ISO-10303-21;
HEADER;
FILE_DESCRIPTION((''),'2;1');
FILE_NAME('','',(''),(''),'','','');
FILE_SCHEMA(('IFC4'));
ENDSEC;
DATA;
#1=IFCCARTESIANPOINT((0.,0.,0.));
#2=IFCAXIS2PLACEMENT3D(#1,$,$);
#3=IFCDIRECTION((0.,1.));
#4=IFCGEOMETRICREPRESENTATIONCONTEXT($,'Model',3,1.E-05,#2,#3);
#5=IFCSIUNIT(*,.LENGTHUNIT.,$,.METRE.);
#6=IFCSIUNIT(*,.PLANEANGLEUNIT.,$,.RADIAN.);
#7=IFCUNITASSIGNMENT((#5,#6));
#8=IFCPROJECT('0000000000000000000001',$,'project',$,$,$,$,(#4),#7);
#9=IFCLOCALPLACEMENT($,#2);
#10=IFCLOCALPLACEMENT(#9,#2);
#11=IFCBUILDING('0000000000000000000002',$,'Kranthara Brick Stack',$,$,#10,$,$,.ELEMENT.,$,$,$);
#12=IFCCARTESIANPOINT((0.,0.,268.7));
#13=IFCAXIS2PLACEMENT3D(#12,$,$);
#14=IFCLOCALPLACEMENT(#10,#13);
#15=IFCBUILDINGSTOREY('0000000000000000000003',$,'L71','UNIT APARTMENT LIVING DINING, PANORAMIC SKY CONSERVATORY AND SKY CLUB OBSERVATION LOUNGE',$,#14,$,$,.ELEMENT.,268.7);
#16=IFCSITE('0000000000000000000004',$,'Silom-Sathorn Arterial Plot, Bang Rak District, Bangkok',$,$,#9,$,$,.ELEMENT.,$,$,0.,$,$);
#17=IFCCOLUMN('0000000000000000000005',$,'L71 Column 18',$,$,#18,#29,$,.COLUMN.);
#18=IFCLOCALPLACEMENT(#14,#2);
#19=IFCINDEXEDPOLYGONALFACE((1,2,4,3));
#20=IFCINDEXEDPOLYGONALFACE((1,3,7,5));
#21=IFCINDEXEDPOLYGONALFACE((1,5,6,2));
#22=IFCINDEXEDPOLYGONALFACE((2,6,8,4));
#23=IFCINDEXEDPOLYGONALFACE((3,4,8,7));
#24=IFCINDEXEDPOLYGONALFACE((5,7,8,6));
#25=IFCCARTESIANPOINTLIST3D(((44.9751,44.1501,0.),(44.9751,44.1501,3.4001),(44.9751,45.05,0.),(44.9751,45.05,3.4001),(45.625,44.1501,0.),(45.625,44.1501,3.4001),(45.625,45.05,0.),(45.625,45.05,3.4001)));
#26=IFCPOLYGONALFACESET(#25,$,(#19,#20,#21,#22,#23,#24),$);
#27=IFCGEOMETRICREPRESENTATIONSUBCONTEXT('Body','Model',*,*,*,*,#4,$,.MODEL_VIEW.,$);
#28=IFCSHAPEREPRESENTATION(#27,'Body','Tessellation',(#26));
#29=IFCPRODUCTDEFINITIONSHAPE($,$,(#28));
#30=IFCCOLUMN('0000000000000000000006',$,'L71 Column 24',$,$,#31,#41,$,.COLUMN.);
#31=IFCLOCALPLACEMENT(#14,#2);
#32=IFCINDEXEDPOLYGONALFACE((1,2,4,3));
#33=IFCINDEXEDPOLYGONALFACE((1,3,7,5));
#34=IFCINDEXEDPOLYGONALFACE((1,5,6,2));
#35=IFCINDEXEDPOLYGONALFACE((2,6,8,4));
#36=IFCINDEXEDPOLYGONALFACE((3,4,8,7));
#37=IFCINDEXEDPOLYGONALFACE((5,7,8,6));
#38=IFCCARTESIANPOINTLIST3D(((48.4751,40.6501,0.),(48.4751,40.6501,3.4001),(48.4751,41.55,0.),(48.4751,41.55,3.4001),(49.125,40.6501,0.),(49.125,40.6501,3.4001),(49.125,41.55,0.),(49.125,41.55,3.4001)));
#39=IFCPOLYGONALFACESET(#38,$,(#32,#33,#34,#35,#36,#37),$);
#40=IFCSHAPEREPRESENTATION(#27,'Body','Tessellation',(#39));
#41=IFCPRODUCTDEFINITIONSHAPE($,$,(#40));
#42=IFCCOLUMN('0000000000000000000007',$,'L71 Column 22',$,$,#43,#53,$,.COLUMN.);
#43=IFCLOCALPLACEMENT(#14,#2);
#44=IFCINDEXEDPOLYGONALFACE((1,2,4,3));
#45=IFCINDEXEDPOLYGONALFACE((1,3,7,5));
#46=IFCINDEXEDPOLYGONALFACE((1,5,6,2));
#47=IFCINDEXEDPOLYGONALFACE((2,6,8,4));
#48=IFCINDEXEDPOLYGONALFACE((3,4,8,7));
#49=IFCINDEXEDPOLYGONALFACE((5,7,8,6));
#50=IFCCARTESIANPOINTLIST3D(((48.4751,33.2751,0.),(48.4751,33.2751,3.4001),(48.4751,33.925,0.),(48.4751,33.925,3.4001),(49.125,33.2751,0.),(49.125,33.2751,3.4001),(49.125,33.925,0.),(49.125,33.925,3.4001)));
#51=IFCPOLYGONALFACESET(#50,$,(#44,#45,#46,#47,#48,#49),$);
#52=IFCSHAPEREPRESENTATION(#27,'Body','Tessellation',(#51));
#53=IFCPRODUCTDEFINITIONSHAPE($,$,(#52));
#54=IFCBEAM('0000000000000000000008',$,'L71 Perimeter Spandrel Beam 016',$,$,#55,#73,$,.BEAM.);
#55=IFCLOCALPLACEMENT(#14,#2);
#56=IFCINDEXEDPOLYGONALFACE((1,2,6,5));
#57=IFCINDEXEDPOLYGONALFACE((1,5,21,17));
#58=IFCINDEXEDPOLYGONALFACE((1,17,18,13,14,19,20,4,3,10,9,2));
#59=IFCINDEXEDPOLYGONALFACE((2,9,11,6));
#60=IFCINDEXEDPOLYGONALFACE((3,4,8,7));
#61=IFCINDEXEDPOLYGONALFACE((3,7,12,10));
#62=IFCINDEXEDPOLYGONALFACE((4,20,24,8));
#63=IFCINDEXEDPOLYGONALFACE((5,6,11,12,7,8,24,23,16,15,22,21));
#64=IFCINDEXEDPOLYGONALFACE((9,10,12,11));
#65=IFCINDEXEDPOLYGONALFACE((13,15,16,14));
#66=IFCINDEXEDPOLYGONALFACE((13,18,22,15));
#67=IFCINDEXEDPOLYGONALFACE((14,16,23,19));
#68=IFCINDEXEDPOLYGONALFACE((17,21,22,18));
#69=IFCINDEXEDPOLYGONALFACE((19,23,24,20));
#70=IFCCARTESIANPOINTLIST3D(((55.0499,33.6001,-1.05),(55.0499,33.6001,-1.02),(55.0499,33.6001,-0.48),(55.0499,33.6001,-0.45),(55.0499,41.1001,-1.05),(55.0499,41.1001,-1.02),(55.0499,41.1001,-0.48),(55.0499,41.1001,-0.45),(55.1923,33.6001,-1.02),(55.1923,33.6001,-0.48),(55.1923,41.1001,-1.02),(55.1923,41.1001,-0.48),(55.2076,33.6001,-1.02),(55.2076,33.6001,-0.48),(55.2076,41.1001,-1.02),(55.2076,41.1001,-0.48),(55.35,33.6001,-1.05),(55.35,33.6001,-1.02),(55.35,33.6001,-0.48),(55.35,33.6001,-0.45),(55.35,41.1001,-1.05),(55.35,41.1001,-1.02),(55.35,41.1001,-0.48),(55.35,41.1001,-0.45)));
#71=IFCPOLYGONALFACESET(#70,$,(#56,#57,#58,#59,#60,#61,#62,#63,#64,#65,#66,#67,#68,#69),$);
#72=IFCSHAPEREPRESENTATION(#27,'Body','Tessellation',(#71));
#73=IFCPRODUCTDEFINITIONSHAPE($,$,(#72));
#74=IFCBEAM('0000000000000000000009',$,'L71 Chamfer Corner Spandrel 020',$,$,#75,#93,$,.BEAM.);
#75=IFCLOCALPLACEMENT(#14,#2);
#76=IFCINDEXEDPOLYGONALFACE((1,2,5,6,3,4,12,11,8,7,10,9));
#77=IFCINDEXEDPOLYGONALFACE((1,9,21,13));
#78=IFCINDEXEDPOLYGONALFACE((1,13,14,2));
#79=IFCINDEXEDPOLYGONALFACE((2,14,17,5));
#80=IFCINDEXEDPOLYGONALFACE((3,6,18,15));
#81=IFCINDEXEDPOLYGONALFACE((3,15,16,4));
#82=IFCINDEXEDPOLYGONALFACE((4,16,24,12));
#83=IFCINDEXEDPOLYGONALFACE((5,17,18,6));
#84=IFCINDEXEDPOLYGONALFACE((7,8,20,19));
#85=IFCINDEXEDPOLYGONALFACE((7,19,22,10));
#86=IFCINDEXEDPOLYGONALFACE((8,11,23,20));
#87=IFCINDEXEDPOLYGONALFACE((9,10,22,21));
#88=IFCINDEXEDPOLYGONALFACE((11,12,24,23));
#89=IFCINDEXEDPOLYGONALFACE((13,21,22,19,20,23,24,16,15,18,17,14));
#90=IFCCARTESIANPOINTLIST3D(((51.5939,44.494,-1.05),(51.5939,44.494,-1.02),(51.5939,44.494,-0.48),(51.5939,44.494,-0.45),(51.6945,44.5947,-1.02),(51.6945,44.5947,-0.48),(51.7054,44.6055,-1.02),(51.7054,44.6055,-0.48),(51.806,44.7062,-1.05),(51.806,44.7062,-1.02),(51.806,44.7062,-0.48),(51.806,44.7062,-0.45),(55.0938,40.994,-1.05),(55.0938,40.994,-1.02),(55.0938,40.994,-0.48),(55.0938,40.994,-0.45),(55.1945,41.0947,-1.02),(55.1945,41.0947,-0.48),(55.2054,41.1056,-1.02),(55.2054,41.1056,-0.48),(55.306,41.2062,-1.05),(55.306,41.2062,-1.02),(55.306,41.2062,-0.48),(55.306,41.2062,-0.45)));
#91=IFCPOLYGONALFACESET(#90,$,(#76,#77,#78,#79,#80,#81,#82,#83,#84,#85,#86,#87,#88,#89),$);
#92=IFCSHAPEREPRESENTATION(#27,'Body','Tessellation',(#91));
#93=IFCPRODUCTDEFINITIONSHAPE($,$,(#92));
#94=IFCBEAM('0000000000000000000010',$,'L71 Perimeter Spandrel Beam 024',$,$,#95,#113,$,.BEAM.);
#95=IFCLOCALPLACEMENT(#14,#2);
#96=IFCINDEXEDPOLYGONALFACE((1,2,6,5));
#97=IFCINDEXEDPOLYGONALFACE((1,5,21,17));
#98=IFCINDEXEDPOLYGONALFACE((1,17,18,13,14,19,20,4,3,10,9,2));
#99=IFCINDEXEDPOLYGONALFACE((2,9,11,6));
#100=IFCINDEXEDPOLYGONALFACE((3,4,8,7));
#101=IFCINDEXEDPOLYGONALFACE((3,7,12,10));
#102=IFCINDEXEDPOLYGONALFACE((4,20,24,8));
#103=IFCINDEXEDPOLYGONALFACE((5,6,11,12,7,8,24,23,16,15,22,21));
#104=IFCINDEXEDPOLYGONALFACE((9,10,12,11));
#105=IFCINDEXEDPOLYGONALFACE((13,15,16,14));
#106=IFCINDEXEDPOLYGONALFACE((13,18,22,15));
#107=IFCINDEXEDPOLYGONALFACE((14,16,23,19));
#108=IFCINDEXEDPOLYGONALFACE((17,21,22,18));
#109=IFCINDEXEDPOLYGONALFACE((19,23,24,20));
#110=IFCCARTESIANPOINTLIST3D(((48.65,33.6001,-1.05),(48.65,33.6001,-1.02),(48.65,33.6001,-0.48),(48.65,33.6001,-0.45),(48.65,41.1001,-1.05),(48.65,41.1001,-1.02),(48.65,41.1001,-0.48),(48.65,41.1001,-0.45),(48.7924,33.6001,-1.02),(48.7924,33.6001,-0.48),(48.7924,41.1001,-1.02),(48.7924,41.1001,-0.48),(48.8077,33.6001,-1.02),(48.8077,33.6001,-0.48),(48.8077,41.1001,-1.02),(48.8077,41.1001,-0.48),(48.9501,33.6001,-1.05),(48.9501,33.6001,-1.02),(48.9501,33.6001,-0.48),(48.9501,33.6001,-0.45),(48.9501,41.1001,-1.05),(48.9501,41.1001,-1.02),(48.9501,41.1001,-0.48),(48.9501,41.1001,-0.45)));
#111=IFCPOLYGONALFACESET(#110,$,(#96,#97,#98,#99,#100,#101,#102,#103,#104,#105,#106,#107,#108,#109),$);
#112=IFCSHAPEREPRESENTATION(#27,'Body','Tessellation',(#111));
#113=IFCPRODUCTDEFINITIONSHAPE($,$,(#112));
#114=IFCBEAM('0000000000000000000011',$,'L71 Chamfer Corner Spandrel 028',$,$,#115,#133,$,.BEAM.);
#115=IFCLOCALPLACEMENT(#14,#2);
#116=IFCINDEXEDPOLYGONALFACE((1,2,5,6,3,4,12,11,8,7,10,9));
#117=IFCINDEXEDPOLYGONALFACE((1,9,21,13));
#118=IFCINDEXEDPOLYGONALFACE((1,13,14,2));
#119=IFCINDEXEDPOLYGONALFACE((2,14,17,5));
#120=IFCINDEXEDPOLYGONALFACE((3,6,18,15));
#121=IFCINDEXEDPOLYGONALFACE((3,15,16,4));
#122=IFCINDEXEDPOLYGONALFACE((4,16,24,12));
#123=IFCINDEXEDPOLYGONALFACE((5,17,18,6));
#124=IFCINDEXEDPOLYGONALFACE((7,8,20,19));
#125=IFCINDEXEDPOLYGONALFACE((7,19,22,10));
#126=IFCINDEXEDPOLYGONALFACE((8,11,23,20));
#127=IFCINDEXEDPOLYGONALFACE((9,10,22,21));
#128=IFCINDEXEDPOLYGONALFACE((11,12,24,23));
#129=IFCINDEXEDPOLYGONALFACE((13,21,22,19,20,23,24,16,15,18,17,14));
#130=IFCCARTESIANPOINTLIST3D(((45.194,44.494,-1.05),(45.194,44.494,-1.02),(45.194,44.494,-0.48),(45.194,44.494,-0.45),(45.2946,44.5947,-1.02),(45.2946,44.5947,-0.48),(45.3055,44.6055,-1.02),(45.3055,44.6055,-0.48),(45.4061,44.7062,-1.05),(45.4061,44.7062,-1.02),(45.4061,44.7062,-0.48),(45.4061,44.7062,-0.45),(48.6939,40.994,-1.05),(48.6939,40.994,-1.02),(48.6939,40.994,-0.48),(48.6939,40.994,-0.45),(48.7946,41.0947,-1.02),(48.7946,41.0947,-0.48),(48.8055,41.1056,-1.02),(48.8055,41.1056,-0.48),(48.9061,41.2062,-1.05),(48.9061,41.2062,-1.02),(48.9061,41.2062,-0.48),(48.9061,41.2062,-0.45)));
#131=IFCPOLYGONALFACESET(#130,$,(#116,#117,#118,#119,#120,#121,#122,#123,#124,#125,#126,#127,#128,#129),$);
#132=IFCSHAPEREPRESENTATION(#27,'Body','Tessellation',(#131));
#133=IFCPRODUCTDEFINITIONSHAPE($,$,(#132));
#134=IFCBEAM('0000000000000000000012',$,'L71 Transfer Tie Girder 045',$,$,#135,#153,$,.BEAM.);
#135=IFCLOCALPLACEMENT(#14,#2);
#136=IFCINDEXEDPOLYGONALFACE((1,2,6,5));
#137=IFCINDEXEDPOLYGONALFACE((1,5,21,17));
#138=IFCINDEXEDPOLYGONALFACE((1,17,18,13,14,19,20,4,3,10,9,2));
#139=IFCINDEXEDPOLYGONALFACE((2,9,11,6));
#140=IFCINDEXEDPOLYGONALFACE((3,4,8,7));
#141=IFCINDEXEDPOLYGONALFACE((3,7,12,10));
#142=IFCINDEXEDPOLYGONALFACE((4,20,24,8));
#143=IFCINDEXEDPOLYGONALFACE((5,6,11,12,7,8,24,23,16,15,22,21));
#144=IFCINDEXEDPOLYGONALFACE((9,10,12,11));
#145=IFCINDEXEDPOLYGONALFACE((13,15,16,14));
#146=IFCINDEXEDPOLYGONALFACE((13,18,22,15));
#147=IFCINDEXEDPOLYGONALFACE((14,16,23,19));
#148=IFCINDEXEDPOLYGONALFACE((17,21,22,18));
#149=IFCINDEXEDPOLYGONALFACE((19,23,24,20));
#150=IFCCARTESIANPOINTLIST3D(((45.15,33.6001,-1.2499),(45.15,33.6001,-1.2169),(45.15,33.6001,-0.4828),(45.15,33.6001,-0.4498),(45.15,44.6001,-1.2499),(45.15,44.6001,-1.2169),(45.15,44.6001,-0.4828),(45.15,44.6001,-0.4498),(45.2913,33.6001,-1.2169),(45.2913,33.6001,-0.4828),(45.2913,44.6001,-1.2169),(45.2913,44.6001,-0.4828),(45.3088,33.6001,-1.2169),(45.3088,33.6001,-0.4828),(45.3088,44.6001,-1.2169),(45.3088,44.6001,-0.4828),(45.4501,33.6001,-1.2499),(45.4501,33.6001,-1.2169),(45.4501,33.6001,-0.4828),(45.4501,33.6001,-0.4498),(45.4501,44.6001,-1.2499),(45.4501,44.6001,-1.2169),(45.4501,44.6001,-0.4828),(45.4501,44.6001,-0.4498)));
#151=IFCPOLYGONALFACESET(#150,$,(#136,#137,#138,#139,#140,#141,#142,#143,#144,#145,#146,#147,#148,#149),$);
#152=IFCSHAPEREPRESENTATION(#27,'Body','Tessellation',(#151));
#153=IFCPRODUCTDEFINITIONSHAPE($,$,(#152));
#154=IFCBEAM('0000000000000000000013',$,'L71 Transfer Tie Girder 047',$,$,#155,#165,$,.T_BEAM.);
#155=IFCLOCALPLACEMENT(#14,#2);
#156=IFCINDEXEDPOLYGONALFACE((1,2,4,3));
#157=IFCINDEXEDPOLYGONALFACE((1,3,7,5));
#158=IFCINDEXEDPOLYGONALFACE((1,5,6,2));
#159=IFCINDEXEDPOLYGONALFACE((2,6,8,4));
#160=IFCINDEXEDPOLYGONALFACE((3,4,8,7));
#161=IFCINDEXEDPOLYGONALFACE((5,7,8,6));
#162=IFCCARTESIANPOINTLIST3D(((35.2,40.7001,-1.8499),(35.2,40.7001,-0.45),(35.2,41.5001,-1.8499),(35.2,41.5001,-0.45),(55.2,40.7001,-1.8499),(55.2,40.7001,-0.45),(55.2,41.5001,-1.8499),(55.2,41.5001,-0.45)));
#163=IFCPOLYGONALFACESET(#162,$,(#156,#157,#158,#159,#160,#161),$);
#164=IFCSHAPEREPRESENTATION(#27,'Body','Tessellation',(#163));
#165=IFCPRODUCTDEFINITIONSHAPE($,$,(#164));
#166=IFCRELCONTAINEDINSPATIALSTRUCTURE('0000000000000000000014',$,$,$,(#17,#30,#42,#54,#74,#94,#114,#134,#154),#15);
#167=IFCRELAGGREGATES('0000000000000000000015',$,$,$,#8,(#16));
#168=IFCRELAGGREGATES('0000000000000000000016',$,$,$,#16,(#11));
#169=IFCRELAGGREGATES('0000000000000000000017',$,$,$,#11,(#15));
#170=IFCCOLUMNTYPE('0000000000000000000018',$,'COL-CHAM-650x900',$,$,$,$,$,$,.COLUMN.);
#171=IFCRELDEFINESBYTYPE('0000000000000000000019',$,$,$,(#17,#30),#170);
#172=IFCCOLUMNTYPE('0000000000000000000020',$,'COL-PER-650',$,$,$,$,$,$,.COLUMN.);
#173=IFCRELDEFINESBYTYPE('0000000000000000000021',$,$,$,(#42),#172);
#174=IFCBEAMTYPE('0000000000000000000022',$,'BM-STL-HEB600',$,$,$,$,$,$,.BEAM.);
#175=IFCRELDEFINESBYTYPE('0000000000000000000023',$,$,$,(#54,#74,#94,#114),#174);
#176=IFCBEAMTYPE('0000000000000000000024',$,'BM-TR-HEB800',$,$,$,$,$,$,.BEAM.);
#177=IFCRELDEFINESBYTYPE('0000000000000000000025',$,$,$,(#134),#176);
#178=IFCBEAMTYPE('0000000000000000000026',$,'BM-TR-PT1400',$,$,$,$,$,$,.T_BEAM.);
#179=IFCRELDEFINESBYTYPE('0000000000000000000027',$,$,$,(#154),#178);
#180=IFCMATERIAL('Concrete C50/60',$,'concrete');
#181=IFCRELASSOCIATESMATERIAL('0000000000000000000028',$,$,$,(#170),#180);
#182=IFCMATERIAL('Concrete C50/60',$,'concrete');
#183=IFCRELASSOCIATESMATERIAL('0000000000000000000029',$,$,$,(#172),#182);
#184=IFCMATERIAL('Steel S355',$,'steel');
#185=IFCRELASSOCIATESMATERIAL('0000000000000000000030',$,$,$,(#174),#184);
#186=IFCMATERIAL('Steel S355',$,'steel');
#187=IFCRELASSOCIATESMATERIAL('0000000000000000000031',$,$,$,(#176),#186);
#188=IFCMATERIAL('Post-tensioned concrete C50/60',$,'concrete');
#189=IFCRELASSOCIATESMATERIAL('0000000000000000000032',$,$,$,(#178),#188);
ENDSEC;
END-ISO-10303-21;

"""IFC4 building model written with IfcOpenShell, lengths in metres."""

from ifc_helpers import new_model, si_unit, direction, frame, origin, origin_2d, place, context, subcontext, project, spatial, rectangle, i_section, extrude, material, material_profile, profile_set, type_object, element, save


model = new_model("IFC4")

# Units and contexts
model_context = context("Model", 3, precision=1e-05, world=origin(), true_north=direction((0.0, 1.0)))
body_context = subcontext(model_context, "Body", "Model", "MODEL_VIEW")
ifc_project = project(units=[si_unit("LENGTHUNIT", "METRE"), si_unit("PLANEANGLEUNIT", "RADIAN")], contexts=[model_context])

# Site, building, storey
site_placement = place(None, origin())
site = spatial("IfcSite", under=ifc_project, at=site_placement, Name="Silom-Sathorn Arterial Plot, Bang Rak District, Bangkok", CompositionType="ELEMENT", RefElevation=0.0)
building_placement = place(site_placement, origin())
building = spatial("IfcBuilding", under=site, at=building_placement, Name="Kranthara Brick Stack", CompositionType="ELEMENT")
storey_placement = place(building_placement, frame((0.0, 0.0, 268.7)))
storey = spatial("IfcBuildingStorey", under=building, at=storey_placement, Name="L71", Description="UNIT APARTMENT LIVING DINING, PANORAMIC SKY CONSERVATORY AND SKY CLUB OBSERVATION LOUNGE", CompositionType="ELEMENT", Elevation=268.7)

# Columns
ifc_material_1 = material(Name="Concrete C50/60", Category="concrete")
ifc_material_profile_1 = material_profile(ifc_material_1, rectangle(XDim=0.6499, YDim=0.8999, at=origin_2d()), Name="RC 650x900")
ifc_profile_set_1 = profile_set([ifc_material_profile_1], Name="Concrete C50/60")
column_type_1 = type_object("IfcColumnType", Name="COL-CHAM-650x900", PredefinedType="COLUMN", material=ifc_profile_set_1)
for number, where, z_axis, x_axis, name in (
    (1, (45.3, 44.6001, 0.0), (0.0, 0.0, 1.0), (1.0, 0.0, 0.0), "L71 Column 18"),
    (2, (48.8, 41.1001, 0.0), (0.0, 0.0, 1.0), (1.0, 0.0, 0.0), "L71 Column 24"),
):
    element("IfcColumn", number, at=place(storey_placement, frame(where, z_axis=z_axis, x_axis=x_axis)), inside=storey, type_object=column_type_1, Name=name, PredefinedType="COLUMN", context=body_context, shape_type="SweptSolid", body=[
        extrude(rectangle(XDim=0.6499, YDim=0.8999, at=origin_2d()), origin(), (0.0, 0.0, 1.0), 3.4001),
    ])
ifc_material_2 = material(Name="Concrete C50/60", Category="concrete")
ifc_material_profile_2 = material_profile(ifc_material_2, rectangle(XDim=0.6499, YDim=0.6499, at=origin_2d()), Name="RC 650x650")
ifc_profile_set_2 = profile_set([ifc_material_profile_2], Name="Concrete C50/60")
column_type_2 = type_object("IfcColumnType", Name="COL-PER-650", PredefinedType="COLUMN", material=ifc_profile_set_2)
column_placement = place(storey_placement, frame((48.8, 33.6001, 0.0), z_axis=(0.0, 0.0, 1.0), x_axis=(1.0, 0.0, 0.0)))
element("IfcColumn", 3, at=column_placement, inside=storey, type_object=column_type_2, Name="L71 Column 22", PredefinedType="COLUMN", context=body_context, shape_type="SweptSolid", body=[
    extrude(rectangle(XDim=0.6499, YDim=0.6499, at=origin_2d()), origin(), (0.0, 0.0, 1.0), 3.4001),
])

# Beams
ifc_material_3 = material(Name="Steel S355", Category="steel")
ifc_material_profile_3 = material_profile(ifc_material_3, i_section(OverallWidth=0.3, OverallDepth=0.6001, WebThickness=0.0154, FlangeThickness=0.03, at=origin_2d()), Name="HEB 600")
ifc_profile_set_3 = profile_set([ifc_material_profile_3], Name="Steel S355")
beam_type_1 = type_object("IfcBeamType", Name="BM-STL-HEB600", PredefinedType="BEAM", material=ifc_profile_set_3)
beam_1_placement = place(storey_placement, frame((55.2, 33.6001, -0.75), z_axis=(0.0, 1.0, 0.0), x_axis=(-1.0, 0.0, 0.0)))
element("IfcBeam", 4, at=beam_1_placement, inside=storey, type_object=beam_type_1, Name="L71 Perimeter Spandrel Beam 016", PredefinedType="BEAM", context=body_context, shape_type="SweptSolid", body=[
    extrude(i_section(OverallWidth=0.3, OverallDepth=0.6001, WebThickness=0.0154, FlangeThickness=0.03, at=origin_2d()), origin(), (0.0, 0.0, 1.0), 7.5),
])
beam_2_placement = place(storey_placement, frame((51.7, 44.6001, -0.75), z_axis=(0.707107, -0.707107, 0.0), x_axis=(0.707107, 0.707107, 0.0)))
element("IfcBeam", 5, at=beam_2_placement, inside=storey, type_object=beam_type_1, Name="L71 Chamfer Corner Spandrel 020", PredefinedType="BEAM", context=body_context, shape_type="SweptSolid", body=[
    extrude(i_section(OverallWidth=0.3, OverallDepth=0.6001, WebThickness=0.0154, FlangeThickness=0.03, at=origin_2d()), origin(), (0.0, 0.0, 1.0), 4.9497),
])
beam_3_placement = place(storey_placement, frame((48.8, 33.6001, -0.75), z_axis=(0.0, 1.0, 0.0), x_axis=(-1.0, 0.0, 0.0)))
element("IfcBeam", 6, at=beam_3_placement, inside=storey, type_object=beam_type_1, Name="L71 Perimeter Spandrel Beam 024", PredefinedType="BEAM", context=body_context, shape_type="SweptSolid", body=[
    extrude(i_section(OverallWidth=0.3, OverallDepth=0.6001, WebThickness=0.0154, FlangeThickness=0.03, at=origin_2d()), origin(), (0.0, 0.0, 1.0), 7.5),
])
beam_4_placement = place(storey_placement, frame((45.3, 44.6001, -0.75), z_axis=(0.707107, -0.707107, 0.0), x_axis=(0.707107, 0.707107, 0.0)))
element("IfcBeam", 7, at=beam_4_placement, inside=storey, type_object=beam_type_1, Name="L71 Chamfer Corner Spandrel 028", PredefinedType="BEAM", context=body_context, shape_type="SweptSolid", body=[
    extrude(i_section(OverallWidth=0.3, OverallDepth=0.6001, WebThickness=0.0154, FlangeThickness=0.03, at=origin_2d()), origin(), (0.0, 0.0, 1.0), 4.9497),
])
ifc_material_4 = material(Name="Steel S355", Category="steel")
ifc_material_profile_4 = material_profile(ifc_material_4, i_section(OverallWidth=0.3, OverallDepth=0.8, WebThickness=0.0176, FlangeThickness=0.033, at=origin_2d()), Name="HEB 800")
ifc_profile_set_4 = profile_set([ifc_material_profile_4], Name="Steel S355")
beam_type_2 = type_object("IfcBeamType", Name="BM-TR-HEB800", PredefinedType="BEAM", material=ifc_profile_set_4)
beam_5_placement = place(storey_placement, frame((45.3, 44.6001, -0.8499), z_axis=(0.0, -1.0, 0.0), x_axis=(1.0, 0.0, 0.0)))
element("IfcBeam", 8, at=beam_5_placement, inside=storey, type_object=beam_type_2, Name="L71 Transfer Tie Girder 045", PredefinedType="BEAM", context=body_context, shape_type="SweptSolid", body=[
    extrude(i_section(OverallWidth=0.3, OverallDepth=0.8, WebThickness=0.0176, FlangeThickness=0.033, at=origin_2d()), origin(), (0.0, 0.0, 1.0), 11.0),
])
ifc_material_5 = material(Name="Post-tensioned concrete C50/60", Category="concrete")
ifc_material_profile_5 = material_profile(ifc_material_5, rectangle(XDim=0.8, YDim=1.3999, at=origin_2d()), Name="PT 800x1400")
ifc_profile_set_5 = profile_set([ifc_material_profile_5], Name="Post-tensioned concrete C50/60")
beam_type_3 = type_object("IfcBeamType", Name="BM-TR-PT1400", PredefinedType="T_BEAM", material=ifc_profile_set_5)
beam_6_placement = place(storey_placement, frame((55.2, 41.1001, -1.1499), z_axis=(-1.0, 0.0, 0.0), x_axis=(0.0, -1.0, 0.0)))
element("IfcBeam", 9, at=beam_6_placement, inside=storey, type_object=beam_type_3, Name="L71 Transfer Tie Girder 047", PredefinedType="T_BEAM", context=body_context, shape_type="SweptSolid", body=[
    extrude(rectangle(XDim=0.8, YDim=1.3999, at=origin_2d()), origin(), (0.0, 0.0, 1.0), 20.0),
])

save(model, "model.ifc")
